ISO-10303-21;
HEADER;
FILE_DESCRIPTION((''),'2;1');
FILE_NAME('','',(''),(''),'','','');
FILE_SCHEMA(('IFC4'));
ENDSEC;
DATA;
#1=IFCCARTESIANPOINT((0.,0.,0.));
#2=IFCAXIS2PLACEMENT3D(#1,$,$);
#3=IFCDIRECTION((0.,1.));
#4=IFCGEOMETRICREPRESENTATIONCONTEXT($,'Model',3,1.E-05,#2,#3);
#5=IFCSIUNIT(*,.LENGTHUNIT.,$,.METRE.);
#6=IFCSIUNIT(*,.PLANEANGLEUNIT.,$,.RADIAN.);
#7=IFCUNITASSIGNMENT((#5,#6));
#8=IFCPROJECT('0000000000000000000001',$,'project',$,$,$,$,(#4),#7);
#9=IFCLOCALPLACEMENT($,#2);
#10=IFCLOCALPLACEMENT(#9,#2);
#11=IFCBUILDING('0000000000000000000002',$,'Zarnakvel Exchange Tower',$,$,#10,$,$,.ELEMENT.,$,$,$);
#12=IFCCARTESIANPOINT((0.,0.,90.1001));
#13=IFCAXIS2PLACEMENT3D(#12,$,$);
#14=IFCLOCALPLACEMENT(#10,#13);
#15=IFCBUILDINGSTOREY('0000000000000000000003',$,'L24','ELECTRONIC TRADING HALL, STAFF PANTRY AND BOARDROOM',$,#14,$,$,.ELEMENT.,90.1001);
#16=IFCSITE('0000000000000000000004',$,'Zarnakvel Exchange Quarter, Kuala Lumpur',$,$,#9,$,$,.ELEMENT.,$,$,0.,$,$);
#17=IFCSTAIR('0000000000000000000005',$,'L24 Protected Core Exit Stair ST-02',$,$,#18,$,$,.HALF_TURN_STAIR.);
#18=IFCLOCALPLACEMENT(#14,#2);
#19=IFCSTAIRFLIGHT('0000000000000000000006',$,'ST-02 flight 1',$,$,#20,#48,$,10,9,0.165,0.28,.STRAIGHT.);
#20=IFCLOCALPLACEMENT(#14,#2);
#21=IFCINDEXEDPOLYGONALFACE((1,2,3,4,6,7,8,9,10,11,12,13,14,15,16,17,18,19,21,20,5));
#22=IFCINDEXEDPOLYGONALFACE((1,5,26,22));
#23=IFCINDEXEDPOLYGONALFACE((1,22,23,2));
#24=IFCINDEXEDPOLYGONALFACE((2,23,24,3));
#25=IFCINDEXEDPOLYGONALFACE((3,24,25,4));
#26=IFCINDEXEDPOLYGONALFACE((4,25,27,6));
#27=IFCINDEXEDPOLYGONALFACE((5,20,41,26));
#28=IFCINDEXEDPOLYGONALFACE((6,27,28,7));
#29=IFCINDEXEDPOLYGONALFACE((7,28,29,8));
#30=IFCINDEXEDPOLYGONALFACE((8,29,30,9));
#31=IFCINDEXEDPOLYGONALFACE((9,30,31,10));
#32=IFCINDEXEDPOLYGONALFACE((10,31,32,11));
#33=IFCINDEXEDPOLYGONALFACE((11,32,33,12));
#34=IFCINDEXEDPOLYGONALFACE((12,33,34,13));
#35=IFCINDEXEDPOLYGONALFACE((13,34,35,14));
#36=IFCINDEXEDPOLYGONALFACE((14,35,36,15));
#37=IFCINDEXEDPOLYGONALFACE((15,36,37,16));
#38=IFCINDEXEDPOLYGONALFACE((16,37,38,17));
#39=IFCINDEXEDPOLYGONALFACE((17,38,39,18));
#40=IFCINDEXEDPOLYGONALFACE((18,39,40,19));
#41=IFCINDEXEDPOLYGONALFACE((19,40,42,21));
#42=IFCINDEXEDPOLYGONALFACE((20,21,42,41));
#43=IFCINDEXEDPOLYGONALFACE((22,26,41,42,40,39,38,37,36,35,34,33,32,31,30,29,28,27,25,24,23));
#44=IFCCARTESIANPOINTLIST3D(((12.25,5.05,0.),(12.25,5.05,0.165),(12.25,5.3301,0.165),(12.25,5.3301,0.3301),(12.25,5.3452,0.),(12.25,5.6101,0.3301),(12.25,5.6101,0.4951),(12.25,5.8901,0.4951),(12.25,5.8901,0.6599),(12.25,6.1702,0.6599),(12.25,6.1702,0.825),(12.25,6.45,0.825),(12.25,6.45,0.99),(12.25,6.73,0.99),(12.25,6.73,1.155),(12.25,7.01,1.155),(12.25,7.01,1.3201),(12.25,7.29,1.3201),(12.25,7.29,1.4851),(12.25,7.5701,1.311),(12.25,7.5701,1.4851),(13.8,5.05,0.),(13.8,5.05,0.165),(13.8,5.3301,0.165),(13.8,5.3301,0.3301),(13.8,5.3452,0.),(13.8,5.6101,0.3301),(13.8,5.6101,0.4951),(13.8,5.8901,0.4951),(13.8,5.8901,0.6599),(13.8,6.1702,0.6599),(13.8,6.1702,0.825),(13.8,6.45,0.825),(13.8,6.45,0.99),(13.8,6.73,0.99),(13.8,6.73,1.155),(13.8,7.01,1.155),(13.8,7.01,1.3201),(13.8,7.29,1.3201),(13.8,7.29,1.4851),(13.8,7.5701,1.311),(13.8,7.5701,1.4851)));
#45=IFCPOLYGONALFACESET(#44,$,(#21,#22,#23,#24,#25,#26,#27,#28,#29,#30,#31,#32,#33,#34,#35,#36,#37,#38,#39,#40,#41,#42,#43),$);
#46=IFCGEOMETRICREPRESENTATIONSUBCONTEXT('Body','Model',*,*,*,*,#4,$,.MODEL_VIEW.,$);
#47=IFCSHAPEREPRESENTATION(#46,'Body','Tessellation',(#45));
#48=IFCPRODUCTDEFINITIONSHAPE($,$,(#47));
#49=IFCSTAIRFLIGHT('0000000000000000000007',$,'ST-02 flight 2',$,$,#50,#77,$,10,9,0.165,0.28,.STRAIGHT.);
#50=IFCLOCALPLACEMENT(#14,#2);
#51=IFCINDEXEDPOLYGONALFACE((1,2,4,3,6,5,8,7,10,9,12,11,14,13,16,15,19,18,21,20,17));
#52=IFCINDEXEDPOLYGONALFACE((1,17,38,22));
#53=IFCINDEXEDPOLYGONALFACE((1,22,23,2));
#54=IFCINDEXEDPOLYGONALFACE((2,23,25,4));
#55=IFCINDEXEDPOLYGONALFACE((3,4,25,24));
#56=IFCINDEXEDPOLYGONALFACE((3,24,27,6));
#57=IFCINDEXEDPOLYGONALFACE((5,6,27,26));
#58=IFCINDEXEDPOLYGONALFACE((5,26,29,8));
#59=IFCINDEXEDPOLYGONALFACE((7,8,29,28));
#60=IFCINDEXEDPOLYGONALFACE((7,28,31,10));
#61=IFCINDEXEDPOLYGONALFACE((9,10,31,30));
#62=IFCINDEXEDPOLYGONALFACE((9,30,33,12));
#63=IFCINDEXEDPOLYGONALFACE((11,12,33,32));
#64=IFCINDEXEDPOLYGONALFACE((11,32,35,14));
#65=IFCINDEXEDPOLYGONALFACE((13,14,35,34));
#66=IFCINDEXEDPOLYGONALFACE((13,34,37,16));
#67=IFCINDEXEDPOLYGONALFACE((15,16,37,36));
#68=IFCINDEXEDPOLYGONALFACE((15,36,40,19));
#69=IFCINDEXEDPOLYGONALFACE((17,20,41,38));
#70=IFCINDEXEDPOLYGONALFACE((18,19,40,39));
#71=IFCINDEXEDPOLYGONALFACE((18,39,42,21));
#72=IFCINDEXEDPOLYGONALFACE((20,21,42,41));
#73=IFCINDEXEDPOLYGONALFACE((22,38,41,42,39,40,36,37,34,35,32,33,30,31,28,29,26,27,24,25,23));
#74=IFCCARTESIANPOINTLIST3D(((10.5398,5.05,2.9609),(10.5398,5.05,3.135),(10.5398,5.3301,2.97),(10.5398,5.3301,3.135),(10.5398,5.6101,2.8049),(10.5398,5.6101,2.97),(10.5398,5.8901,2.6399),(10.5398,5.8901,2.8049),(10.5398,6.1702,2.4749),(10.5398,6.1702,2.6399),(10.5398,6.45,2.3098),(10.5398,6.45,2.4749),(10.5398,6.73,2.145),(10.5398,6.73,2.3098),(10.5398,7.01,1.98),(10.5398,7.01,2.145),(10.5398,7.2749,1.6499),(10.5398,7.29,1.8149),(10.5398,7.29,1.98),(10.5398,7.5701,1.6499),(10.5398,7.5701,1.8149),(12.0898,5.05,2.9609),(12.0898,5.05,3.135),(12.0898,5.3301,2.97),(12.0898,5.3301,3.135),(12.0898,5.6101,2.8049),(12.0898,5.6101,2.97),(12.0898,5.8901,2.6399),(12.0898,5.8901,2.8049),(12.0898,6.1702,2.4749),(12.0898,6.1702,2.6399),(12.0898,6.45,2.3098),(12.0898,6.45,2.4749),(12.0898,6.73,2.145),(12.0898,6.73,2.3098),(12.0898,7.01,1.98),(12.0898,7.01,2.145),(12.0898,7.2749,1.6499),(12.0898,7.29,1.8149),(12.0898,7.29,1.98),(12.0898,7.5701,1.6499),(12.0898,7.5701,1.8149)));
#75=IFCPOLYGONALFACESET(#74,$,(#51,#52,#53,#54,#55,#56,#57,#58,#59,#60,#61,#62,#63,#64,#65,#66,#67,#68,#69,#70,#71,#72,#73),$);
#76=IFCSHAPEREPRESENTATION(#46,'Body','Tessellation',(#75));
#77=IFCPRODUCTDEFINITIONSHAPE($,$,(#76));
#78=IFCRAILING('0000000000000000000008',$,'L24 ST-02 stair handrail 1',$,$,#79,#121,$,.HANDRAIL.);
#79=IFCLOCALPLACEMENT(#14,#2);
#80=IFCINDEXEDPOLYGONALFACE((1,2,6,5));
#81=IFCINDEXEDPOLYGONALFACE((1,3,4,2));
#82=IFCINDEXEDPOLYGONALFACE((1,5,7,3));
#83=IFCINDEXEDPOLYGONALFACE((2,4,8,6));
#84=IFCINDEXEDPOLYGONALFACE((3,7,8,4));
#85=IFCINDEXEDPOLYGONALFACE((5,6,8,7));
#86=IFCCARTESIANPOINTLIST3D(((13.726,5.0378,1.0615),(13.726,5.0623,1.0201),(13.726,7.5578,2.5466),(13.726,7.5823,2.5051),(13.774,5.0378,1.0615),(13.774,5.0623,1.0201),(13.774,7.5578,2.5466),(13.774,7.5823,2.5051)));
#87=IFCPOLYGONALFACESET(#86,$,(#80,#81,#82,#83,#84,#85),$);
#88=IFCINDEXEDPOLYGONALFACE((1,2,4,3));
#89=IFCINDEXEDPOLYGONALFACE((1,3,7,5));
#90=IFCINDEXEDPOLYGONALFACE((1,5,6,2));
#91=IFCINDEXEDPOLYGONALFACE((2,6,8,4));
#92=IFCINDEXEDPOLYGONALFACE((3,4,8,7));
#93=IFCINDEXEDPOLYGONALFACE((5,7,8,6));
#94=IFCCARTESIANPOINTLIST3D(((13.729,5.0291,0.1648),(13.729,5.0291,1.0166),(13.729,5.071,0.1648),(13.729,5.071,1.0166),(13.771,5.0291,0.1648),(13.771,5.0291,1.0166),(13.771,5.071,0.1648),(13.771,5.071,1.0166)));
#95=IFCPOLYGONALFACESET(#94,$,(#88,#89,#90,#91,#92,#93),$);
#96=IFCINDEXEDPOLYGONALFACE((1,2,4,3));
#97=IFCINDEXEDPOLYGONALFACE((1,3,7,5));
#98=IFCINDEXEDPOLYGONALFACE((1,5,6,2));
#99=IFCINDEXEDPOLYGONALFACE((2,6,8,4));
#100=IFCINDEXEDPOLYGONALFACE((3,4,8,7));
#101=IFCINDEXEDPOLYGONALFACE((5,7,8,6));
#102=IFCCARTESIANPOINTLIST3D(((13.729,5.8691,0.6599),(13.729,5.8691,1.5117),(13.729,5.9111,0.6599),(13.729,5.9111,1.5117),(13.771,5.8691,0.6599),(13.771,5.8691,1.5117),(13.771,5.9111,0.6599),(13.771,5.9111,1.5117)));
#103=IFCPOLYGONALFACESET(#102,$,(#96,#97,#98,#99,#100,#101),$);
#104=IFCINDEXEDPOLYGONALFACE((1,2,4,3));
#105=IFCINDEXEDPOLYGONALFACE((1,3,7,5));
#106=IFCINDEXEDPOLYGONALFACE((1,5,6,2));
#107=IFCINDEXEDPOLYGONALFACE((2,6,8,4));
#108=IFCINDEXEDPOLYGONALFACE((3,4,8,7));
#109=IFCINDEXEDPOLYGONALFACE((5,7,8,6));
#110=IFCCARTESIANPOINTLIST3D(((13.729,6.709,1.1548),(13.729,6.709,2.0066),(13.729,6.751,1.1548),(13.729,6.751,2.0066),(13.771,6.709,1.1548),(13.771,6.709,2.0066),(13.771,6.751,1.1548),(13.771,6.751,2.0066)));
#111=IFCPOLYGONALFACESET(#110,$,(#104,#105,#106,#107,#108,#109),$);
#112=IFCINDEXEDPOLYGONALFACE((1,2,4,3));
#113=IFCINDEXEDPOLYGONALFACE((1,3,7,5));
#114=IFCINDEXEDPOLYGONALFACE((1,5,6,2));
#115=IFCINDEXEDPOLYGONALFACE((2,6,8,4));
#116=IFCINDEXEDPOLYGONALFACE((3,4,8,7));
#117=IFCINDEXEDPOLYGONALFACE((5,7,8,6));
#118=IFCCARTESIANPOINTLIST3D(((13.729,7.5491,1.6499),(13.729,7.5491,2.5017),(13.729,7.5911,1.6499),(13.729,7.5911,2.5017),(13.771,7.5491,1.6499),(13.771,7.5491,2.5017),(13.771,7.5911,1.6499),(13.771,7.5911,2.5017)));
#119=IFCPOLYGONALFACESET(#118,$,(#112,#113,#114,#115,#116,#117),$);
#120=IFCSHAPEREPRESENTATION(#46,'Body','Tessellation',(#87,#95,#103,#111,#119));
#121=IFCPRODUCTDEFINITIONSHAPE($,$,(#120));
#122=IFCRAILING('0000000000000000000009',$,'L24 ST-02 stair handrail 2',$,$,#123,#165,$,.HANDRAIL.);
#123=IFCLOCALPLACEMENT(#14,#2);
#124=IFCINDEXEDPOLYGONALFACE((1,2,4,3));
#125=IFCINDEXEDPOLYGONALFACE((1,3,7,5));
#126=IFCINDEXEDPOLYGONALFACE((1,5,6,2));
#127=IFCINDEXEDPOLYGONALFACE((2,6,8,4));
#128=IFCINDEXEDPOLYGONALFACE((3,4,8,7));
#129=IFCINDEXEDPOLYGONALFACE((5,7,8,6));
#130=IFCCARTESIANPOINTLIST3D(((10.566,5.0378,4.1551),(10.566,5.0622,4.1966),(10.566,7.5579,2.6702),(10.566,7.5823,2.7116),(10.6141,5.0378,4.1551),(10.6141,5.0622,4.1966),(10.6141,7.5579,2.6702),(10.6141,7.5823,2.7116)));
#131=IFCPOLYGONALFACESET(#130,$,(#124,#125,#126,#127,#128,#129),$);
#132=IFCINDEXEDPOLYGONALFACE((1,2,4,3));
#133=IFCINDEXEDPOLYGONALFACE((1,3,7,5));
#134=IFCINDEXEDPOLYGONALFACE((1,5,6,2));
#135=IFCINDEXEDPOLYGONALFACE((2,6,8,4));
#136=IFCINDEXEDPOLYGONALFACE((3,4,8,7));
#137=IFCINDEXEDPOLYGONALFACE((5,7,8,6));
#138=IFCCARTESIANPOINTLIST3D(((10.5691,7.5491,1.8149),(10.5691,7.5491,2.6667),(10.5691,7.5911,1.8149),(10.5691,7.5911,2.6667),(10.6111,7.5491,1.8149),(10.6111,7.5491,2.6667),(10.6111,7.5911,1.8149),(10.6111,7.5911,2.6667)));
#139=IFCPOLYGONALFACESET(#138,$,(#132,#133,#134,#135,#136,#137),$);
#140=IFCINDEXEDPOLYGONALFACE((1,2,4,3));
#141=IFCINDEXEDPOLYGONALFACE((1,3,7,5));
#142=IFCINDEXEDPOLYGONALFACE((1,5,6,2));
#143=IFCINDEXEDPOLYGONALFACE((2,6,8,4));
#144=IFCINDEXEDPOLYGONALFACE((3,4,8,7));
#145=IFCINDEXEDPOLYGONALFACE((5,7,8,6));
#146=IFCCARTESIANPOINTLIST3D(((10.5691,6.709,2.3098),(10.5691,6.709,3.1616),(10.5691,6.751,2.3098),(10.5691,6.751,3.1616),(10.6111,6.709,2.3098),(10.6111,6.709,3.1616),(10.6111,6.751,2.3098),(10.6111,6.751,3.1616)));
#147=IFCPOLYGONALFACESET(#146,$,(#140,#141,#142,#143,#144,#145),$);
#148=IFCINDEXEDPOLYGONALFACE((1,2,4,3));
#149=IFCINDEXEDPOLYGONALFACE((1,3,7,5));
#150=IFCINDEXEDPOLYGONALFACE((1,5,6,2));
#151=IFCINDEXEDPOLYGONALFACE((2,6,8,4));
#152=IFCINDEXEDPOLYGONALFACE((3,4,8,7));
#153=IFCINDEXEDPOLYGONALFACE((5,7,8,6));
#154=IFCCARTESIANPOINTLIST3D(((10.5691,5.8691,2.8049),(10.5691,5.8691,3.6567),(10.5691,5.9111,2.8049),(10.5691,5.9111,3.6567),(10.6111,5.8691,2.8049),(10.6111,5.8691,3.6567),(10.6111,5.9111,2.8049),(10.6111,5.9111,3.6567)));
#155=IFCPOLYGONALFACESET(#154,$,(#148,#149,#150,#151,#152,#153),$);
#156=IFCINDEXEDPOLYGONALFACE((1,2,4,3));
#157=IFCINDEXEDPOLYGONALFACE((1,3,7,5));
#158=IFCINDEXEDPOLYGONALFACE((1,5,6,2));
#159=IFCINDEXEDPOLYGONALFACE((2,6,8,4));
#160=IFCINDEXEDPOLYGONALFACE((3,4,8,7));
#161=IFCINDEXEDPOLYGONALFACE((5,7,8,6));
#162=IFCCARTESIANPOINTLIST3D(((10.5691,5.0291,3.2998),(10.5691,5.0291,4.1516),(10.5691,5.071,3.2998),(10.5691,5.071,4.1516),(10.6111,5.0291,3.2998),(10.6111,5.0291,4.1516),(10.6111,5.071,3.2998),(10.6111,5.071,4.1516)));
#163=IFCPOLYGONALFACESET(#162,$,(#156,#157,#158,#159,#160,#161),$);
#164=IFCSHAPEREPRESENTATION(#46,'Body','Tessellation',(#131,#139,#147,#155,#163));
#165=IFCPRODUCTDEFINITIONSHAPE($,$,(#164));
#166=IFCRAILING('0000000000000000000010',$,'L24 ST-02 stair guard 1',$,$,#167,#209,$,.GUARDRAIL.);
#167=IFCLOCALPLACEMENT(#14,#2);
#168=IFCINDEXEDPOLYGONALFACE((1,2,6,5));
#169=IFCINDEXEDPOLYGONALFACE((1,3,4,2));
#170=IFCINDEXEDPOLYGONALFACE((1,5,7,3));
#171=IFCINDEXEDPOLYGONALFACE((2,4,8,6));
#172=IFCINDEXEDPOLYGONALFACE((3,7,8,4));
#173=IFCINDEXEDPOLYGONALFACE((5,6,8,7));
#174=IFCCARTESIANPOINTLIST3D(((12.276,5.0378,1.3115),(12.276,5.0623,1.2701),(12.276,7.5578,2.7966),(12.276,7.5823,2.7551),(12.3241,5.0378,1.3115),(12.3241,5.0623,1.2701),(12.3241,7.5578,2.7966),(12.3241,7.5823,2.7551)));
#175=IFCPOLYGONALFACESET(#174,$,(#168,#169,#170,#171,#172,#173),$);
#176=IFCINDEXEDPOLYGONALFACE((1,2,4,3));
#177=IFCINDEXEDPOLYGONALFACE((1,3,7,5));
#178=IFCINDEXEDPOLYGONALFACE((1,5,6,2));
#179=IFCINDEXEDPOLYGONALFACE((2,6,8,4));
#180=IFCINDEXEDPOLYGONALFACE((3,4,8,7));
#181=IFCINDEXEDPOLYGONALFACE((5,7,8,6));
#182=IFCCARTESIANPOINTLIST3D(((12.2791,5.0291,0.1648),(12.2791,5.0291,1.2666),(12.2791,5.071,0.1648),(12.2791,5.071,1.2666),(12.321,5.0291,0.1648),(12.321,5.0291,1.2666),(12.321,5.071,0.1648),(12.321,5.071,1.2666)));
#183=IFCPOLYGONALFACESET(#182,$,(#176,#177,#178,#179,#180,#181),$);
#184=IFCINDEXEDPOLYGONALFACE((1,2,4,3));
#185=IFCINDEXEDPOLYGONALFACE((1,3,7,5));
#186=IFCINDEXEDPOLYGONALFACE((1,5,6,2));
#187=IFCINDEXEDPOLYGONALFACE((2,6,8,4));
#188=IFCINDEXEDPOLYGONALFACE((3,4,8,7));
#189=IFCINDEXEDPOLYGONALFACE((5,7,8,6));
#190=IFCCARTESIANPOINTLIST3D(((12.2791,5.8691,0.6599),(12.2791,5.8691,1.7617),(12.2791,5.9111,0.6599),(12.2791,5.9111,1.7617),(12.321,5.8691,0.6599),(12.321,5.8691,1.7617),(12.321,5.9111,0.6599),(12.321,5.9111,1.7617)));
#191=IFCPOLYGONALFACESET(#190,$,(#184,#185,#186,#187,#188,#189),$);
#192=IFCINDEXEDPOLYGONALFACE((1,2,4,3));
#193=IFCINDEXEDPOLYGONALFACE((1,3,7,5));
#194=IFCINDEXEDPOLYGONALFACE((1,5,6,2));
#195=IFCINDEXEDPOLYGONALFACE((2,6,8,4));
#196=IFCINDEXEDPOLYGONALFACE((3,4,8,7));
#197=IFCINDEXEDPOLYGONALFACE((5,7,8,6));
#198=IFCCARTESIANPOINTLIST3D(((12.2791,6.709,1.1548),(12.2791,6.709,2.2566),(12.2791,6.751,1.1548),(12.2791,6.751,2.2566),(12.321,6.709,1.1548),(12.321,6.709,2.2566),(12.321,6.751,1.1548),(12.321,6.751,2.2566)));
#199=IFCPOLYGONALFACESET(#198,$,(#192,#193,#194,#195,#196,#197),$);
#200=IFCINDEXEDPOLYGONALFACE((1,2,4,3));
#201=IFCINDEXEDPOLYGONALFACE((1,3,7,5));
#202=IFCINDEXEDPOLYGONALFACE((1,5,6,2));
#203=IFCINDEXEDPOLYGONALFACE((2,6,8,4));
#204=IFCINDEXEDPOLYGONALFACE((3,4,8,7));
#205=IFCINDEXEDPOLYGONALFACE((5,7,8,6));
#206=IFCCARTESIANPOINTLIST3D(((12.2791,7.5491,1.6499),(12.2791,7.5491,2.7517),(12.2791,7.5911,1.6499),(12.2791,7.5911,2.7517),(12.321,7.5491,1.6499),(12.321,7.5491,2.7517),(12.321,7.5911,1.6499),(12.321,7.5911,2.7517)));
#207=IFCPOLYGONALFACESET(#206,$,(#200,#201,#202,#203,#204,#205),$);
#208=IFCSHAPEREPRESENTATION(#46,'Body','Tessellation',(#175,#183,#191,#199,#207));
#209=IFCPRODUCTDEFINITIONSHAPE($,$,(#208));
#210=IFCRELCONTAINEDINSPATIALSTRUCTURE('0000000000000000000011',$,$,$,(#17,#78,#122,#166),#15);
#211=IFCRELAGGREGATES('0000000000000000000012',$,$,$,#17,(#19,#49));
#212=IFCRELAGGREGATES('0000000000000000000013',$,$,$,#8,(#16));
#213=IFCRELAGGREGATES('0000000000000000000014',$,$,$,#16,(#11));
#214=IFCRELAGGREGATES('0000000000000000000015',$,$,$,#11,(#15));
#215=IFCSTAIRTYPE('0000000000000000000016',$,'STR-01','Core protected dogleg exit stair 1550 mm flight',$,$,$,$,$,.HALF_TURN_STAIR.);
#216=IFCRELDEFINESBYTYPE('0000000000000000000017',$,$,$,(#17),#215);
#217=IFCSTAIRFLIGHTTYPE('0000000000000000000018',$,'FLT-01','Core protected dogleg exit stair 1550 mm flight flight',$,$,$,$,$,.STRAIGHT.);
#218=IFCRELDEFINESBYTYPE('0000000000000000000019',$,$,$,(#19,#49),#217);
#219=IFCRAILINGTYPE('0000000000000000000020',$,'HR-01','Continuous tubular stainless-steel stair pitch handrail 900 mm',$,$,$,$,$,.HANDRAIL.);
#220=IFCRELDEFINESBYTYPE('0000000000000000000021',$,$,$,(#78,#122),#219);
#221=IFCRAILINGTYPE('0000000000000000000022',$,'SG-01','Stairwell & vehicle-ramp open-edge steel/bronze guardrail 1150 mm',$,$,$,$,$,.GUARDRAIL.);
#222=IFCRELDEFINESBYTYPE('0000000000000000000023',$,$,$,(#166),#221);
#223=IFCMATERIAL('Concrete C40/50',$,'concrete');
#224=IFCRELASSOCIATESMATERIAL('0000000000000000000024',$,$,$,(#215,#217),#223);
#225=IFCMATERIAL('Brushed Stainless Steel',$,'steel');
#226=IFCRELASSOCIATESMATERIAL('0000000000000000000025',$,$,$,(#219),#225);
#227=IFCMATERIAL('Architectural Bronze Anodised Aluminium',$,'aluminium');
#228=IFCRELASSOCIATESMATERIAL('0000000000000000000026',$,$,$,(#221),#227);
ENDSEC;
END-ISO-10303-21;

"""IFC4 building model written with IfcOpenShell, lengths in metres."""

from ifc_helpers import new_model, si_unit, direction, frame, origin, origin_2d, place, context, subcontext, project, spatial, polyline, rectangle, outline, extrude, material, type_object, element, aggregate, save


model = new_model("IFC4")

# Units and contexts
model_context = context("Model", 3, precision=1e-05, world=origin(), true_north=direction((0.0, 1.0)))
body_context = subcontext(model_context, "Body", "Model", "MODEL_VIEW")
ifc_project = project(units=[si_unit("LENGTHUNIT", "METRE"), si_unit("PLANEANGLEUNIT", "RADIAN")], contexts=[model_context])

# Site, building, storey
site_placement = place(None, origin())
site = spatial("IfcSite", under=ifc_project, at=site_placement, Name="Zarnakvel Exchange Quarter, Kuala Lumpur", CompositionType="ELEMENT", RefElevation=0.0)
building_placement = place(site_placement, origin())
building = spatial("IfcBuilding", under=site, at=building_placement, Name="Zarnakvel Exchange Tower", CompositionType="ELEMENT")
storey_placement = place(building_placement, frame((0.0, 0.0, 90.1001)))
storey = spatial("IfcBuildingStorey", under=building, at=storey_placement, Name="L24", Description="ELECTRONIC TRADING HALL, STAFF PANTRY AND BOARDROOM", CompositionType="ELEMENT", Elevation=90.1001)

# Shared definitions
ifc_material_1 = material(Name="Architectural Bronze Anodised Aluminium", Category="aluminium")

# Shared definitions
ifc_material_2 = material(Name="Concrete C40/50", Category="concrete")

# Stair, stair flights
stair_type = type_object("IfcStairType", Name="STR-01", Description="Core protected dogleg exit stair 1550 mm flight", PredefinedType="HALF_TURN_STAIR", material=ifc_material_2)
stair_placement = place(storey_placement, origin())
stair = element("IfcStair", 1, at=stair_placement, inside=storey, type_object=stair_type, Name="L24 Protected Core Exit Stair ST-02", PredefinedType="HALF_TURN_STAIR")
stair_flight_type = type_object("IfcStairFlightType", Name="FLT-01", Description="Core protected dogleg exit stair 1550 mm flight flight", PredefinedType="STRAIGHT", material=ifc_material_2)
stair_flight_1_placement = place(storey_placement, frame((13.0249, 5.05, 0.0), z_axis=(0.0, 0.0, 1.0), x_axis=(0.0, 1.0, 0.0)))
stair_flight_1 = element("IfcStairFlight", 2, at=stair_flight_1_placement, type_object=stair_flight_type, Name="ST-02 flight 1", NumberOfRisers=10, NumberOfTreads=9, PredefinedType="STRAIGHT", RiserHeight=0.165, TreadLength=0.28, context=body_context, shape_type="SweptSolid", body=[
    extrude(outline(polyline([(0.0, 0.0), (0.0, 0.165), (0.28, 0.165), (0.28, 0.3301), (0.5601, 0.3301), (0.5601, 0.4951), (0.8401, 0.4951), (0.8401, 0.6599), (1.1201, 0.6599), (1.1201, 0.825), (1.3999, 0.825), (1.3999, 0.99), (1.6799, 0.99), (1.6799, 1.155), (1.96, 1.155), (1.96, 1.3201), (2.24, 1.3201), (2.24, 1.4851), (2.52, 1.4851), (2.52, 1.6499), (2.52, 1.311), (0.2952, 0.0), (0.0, 0.0)])), frame((0.0, 0.7749, 0.0), z_axis=(0.0, -1.0, 0.0), x_axis=(1.0, 0.0, 0.0)), (0.0, 0.0, 1.0), 1.55),
])
stair_flight_2_placement = place(storey_placement, frame((11.3149, 7.5701, 1.6499), z_axis=(0.0, 0.0, 1.0), x_axis=(0.0, -1.0, 0.0)))
stair_flight_2 = element("IfcStairFlight", 3, at=stair_flight_2_placement, type_object=stair_flight_type, Name="ST-02 flight 2", NumberOfRisers=10, NumberOfTreads=9, PredefinedType="STRAIGHT", RiserHeight=0.165, TreadLength=0.28, context=body_context, shape_type="SweptSolid", body=[
    extrude(outline(polyline([(0.0, 0.0), (0.0, 0.165), (0.28, 0.165), (0.28, 0.3301), (0.5601, 0.3301), (0.5601, 0.4951), (0.8401, 0.4951), (0.8401, 0.6599), (1.1201, 0.6599), (1.1201, 0.825), (1.3999, 0.825), (1.3999, 0.99), (1.6799, 0.99), (1.6799, 1.155), (1.96, 1.155), (1.96, 1.3201), (2.24, 1.3201), (2.24, 1.4851), (2.52, 1.4851), (2.52, 1.6499), (2.52, 1.311), (0.2952, 0.0), (0.0, 0.0)])), frame((0.0, 0.7749, 0.0), z_axis=(0.0, -1.0, 0.0), x_axis=(1.0, 0.0, 0.0)), (0.0, 0.0, 1.0), 1.55),
])
aggregate(stair, [stair_flight_1, stair_flight_2])

# Railings
ifc_material_3 = material(Name="Brushed Stainless Steel", Category="steel")
railing_type_1 = type_object("IfcRailingType", Name="HR-01", Description="Continuous tubular stainless-steel stair pitch handrail 900 mm", PredefinedType="HANDRAIL", material=ifc_material_3)
railing_1_placement = place(storey_placement, frame((13.75, 5.05, 0.1648)))
element("IfcRailing", 4, at=railing_1_placement, inside=storey, type_object=railing_type_1, Name="L24 ST-02 stair handrail 1", PredefinedType="HANDRAIL", context=body_context, shape_type="SweptSolid", body=[
    extrude(rectangle(XDim=0.0481, YDim=0.0481, at=origin_2d()), frame((0.0, 0.0, 0.876), z_axis=(0.0, 0.861524, 0.507717), x_axis=(-1.0, 0.0, 0.0)), (0.0, 0.0, 1.0), 2.925),
    extrude(rectangle(XDim=0.042, YDim=0.042, at=origin_2d()), origin(), (0.0, 0.0, 1.0), 0.8518),
    extrude(rectangle(XDim=0.042, YDim=0.042, at=origin_2d()), frame((0.0, 0.8401, 0.4951)), (0.0, 0.0, 1.0), 0.8518),
    extrude(rectangle(XDim=0.042, YDim=0.042, at=origin_2d()), frame((0.0, 1.6799, 0.99)), (0.0, 0.0, 1.0), 0.8518),
    extrude(rectangle(XDim=0.042, YDim=0.042, at=origin_2d()), frame((0.0, 2.52, 1.4851)), (0.0, 0.0, 1.0), 0.8518),
])
railing_2_placement = place(storey_placement, frame((10.5901, 7.5701, 1.8149)))
element("IfcRailing", 5, at=railing_2_placement, inside=storey, type_object=railing_type_1, Name="L24 ST-02 stair handrail 2", PredefinedType="HANDRAIL", context=body_context, shape_type="SweptSolid", body=[
    extrude(rectangle(XDim=0.0481, YDim=0.0481, at=origin_2d()), frame((0.0, 0.0, 0.876), z_axis=(0.0, -0.861561, 0.507655), x_axis=(1.0, 0.0, 0.0)), (0.0, 0.0, 1.0), 2.925),
    extrude(rectangle(XDim=0.042, YDim=0.042, at=origin_2d()), origin(), (0.0, 0.0, 1.0), 0.8518),
    extrude(rectangle(XDim=0.042, YDim=0.042, at=origin_2d()), frame((0.0, -0.8401, 0.4949)), (0.0, 0.0, 1.0), 0.8518),
    extrude(rectangle(XDim=0.042, YDim=0.042, at=origin_2d()), frame((0.0, -1.6799, 0.99)), (0.0, 0.0, 1.0), 0.8518),
    extrude(rectangle(XDim=0.042, YDim=0.042, at=origin_2d()), frame((0.0, -2.52, 1.4849)), (0.0, 0.0, 1.0), 0.8518),
])
railing_type_2 = type_object("IfcRailingType", Name="SG-01", Description="Stairwell & vehicle-ramp open-edge steel/bronze guardrail 1150 mm", PredefinedType="GUARDRAIL", material=ifc_material_1)
railing_3_placement = place(storey_placement, frame((12.3, 5.05, 0.1648)))
element("IfcRailing", 6, at=railing_3_placement, inside=storey, type_object=railing_type_2, Name="L24 ST-02 stair guard 1", PredefinedType="GUARDRAIL", context=body_context, shape_type="SweptSolid", body=[
    extrude(rectangle(XDim=0.0481, YDim=0.0481, at=origin_2d()), frame((0.0, 0.0, 1.126), z_axis=(0.0, 0.861524, 0.507717), x_axis=(-1.0, 0.0, 0.0)), (0.0, 0.0, 1.0), 2.925),
    extrude(rectangle(XDim=0.042, YDim=0.042, at=origin_2d()), origin(), (0.0, 0.0, 1.0), 1.1018),
    extrude(rectangle(XDim=0.042, YDim=0.042, at=origin_2d()), frame((0.0, 0.8401, 0.4951)), (0.0, 0.0, 1.0), 1.1018),
    extrude(rectangle(XDim=0.042, YDim=0.042, at=origin_2d()), frame((0.0, 1.6799, 0.99)), (0.0, 0.0, 1.0), 1.1018),
    extrude(rectangle(XDim=0.042, YDim=0.042, at=origin_2d()), frame((0.0, 2.52, 1.4851)), (0.0, 0.0, 1.0), 1.1018),
])

save(model, "model.ifc")
